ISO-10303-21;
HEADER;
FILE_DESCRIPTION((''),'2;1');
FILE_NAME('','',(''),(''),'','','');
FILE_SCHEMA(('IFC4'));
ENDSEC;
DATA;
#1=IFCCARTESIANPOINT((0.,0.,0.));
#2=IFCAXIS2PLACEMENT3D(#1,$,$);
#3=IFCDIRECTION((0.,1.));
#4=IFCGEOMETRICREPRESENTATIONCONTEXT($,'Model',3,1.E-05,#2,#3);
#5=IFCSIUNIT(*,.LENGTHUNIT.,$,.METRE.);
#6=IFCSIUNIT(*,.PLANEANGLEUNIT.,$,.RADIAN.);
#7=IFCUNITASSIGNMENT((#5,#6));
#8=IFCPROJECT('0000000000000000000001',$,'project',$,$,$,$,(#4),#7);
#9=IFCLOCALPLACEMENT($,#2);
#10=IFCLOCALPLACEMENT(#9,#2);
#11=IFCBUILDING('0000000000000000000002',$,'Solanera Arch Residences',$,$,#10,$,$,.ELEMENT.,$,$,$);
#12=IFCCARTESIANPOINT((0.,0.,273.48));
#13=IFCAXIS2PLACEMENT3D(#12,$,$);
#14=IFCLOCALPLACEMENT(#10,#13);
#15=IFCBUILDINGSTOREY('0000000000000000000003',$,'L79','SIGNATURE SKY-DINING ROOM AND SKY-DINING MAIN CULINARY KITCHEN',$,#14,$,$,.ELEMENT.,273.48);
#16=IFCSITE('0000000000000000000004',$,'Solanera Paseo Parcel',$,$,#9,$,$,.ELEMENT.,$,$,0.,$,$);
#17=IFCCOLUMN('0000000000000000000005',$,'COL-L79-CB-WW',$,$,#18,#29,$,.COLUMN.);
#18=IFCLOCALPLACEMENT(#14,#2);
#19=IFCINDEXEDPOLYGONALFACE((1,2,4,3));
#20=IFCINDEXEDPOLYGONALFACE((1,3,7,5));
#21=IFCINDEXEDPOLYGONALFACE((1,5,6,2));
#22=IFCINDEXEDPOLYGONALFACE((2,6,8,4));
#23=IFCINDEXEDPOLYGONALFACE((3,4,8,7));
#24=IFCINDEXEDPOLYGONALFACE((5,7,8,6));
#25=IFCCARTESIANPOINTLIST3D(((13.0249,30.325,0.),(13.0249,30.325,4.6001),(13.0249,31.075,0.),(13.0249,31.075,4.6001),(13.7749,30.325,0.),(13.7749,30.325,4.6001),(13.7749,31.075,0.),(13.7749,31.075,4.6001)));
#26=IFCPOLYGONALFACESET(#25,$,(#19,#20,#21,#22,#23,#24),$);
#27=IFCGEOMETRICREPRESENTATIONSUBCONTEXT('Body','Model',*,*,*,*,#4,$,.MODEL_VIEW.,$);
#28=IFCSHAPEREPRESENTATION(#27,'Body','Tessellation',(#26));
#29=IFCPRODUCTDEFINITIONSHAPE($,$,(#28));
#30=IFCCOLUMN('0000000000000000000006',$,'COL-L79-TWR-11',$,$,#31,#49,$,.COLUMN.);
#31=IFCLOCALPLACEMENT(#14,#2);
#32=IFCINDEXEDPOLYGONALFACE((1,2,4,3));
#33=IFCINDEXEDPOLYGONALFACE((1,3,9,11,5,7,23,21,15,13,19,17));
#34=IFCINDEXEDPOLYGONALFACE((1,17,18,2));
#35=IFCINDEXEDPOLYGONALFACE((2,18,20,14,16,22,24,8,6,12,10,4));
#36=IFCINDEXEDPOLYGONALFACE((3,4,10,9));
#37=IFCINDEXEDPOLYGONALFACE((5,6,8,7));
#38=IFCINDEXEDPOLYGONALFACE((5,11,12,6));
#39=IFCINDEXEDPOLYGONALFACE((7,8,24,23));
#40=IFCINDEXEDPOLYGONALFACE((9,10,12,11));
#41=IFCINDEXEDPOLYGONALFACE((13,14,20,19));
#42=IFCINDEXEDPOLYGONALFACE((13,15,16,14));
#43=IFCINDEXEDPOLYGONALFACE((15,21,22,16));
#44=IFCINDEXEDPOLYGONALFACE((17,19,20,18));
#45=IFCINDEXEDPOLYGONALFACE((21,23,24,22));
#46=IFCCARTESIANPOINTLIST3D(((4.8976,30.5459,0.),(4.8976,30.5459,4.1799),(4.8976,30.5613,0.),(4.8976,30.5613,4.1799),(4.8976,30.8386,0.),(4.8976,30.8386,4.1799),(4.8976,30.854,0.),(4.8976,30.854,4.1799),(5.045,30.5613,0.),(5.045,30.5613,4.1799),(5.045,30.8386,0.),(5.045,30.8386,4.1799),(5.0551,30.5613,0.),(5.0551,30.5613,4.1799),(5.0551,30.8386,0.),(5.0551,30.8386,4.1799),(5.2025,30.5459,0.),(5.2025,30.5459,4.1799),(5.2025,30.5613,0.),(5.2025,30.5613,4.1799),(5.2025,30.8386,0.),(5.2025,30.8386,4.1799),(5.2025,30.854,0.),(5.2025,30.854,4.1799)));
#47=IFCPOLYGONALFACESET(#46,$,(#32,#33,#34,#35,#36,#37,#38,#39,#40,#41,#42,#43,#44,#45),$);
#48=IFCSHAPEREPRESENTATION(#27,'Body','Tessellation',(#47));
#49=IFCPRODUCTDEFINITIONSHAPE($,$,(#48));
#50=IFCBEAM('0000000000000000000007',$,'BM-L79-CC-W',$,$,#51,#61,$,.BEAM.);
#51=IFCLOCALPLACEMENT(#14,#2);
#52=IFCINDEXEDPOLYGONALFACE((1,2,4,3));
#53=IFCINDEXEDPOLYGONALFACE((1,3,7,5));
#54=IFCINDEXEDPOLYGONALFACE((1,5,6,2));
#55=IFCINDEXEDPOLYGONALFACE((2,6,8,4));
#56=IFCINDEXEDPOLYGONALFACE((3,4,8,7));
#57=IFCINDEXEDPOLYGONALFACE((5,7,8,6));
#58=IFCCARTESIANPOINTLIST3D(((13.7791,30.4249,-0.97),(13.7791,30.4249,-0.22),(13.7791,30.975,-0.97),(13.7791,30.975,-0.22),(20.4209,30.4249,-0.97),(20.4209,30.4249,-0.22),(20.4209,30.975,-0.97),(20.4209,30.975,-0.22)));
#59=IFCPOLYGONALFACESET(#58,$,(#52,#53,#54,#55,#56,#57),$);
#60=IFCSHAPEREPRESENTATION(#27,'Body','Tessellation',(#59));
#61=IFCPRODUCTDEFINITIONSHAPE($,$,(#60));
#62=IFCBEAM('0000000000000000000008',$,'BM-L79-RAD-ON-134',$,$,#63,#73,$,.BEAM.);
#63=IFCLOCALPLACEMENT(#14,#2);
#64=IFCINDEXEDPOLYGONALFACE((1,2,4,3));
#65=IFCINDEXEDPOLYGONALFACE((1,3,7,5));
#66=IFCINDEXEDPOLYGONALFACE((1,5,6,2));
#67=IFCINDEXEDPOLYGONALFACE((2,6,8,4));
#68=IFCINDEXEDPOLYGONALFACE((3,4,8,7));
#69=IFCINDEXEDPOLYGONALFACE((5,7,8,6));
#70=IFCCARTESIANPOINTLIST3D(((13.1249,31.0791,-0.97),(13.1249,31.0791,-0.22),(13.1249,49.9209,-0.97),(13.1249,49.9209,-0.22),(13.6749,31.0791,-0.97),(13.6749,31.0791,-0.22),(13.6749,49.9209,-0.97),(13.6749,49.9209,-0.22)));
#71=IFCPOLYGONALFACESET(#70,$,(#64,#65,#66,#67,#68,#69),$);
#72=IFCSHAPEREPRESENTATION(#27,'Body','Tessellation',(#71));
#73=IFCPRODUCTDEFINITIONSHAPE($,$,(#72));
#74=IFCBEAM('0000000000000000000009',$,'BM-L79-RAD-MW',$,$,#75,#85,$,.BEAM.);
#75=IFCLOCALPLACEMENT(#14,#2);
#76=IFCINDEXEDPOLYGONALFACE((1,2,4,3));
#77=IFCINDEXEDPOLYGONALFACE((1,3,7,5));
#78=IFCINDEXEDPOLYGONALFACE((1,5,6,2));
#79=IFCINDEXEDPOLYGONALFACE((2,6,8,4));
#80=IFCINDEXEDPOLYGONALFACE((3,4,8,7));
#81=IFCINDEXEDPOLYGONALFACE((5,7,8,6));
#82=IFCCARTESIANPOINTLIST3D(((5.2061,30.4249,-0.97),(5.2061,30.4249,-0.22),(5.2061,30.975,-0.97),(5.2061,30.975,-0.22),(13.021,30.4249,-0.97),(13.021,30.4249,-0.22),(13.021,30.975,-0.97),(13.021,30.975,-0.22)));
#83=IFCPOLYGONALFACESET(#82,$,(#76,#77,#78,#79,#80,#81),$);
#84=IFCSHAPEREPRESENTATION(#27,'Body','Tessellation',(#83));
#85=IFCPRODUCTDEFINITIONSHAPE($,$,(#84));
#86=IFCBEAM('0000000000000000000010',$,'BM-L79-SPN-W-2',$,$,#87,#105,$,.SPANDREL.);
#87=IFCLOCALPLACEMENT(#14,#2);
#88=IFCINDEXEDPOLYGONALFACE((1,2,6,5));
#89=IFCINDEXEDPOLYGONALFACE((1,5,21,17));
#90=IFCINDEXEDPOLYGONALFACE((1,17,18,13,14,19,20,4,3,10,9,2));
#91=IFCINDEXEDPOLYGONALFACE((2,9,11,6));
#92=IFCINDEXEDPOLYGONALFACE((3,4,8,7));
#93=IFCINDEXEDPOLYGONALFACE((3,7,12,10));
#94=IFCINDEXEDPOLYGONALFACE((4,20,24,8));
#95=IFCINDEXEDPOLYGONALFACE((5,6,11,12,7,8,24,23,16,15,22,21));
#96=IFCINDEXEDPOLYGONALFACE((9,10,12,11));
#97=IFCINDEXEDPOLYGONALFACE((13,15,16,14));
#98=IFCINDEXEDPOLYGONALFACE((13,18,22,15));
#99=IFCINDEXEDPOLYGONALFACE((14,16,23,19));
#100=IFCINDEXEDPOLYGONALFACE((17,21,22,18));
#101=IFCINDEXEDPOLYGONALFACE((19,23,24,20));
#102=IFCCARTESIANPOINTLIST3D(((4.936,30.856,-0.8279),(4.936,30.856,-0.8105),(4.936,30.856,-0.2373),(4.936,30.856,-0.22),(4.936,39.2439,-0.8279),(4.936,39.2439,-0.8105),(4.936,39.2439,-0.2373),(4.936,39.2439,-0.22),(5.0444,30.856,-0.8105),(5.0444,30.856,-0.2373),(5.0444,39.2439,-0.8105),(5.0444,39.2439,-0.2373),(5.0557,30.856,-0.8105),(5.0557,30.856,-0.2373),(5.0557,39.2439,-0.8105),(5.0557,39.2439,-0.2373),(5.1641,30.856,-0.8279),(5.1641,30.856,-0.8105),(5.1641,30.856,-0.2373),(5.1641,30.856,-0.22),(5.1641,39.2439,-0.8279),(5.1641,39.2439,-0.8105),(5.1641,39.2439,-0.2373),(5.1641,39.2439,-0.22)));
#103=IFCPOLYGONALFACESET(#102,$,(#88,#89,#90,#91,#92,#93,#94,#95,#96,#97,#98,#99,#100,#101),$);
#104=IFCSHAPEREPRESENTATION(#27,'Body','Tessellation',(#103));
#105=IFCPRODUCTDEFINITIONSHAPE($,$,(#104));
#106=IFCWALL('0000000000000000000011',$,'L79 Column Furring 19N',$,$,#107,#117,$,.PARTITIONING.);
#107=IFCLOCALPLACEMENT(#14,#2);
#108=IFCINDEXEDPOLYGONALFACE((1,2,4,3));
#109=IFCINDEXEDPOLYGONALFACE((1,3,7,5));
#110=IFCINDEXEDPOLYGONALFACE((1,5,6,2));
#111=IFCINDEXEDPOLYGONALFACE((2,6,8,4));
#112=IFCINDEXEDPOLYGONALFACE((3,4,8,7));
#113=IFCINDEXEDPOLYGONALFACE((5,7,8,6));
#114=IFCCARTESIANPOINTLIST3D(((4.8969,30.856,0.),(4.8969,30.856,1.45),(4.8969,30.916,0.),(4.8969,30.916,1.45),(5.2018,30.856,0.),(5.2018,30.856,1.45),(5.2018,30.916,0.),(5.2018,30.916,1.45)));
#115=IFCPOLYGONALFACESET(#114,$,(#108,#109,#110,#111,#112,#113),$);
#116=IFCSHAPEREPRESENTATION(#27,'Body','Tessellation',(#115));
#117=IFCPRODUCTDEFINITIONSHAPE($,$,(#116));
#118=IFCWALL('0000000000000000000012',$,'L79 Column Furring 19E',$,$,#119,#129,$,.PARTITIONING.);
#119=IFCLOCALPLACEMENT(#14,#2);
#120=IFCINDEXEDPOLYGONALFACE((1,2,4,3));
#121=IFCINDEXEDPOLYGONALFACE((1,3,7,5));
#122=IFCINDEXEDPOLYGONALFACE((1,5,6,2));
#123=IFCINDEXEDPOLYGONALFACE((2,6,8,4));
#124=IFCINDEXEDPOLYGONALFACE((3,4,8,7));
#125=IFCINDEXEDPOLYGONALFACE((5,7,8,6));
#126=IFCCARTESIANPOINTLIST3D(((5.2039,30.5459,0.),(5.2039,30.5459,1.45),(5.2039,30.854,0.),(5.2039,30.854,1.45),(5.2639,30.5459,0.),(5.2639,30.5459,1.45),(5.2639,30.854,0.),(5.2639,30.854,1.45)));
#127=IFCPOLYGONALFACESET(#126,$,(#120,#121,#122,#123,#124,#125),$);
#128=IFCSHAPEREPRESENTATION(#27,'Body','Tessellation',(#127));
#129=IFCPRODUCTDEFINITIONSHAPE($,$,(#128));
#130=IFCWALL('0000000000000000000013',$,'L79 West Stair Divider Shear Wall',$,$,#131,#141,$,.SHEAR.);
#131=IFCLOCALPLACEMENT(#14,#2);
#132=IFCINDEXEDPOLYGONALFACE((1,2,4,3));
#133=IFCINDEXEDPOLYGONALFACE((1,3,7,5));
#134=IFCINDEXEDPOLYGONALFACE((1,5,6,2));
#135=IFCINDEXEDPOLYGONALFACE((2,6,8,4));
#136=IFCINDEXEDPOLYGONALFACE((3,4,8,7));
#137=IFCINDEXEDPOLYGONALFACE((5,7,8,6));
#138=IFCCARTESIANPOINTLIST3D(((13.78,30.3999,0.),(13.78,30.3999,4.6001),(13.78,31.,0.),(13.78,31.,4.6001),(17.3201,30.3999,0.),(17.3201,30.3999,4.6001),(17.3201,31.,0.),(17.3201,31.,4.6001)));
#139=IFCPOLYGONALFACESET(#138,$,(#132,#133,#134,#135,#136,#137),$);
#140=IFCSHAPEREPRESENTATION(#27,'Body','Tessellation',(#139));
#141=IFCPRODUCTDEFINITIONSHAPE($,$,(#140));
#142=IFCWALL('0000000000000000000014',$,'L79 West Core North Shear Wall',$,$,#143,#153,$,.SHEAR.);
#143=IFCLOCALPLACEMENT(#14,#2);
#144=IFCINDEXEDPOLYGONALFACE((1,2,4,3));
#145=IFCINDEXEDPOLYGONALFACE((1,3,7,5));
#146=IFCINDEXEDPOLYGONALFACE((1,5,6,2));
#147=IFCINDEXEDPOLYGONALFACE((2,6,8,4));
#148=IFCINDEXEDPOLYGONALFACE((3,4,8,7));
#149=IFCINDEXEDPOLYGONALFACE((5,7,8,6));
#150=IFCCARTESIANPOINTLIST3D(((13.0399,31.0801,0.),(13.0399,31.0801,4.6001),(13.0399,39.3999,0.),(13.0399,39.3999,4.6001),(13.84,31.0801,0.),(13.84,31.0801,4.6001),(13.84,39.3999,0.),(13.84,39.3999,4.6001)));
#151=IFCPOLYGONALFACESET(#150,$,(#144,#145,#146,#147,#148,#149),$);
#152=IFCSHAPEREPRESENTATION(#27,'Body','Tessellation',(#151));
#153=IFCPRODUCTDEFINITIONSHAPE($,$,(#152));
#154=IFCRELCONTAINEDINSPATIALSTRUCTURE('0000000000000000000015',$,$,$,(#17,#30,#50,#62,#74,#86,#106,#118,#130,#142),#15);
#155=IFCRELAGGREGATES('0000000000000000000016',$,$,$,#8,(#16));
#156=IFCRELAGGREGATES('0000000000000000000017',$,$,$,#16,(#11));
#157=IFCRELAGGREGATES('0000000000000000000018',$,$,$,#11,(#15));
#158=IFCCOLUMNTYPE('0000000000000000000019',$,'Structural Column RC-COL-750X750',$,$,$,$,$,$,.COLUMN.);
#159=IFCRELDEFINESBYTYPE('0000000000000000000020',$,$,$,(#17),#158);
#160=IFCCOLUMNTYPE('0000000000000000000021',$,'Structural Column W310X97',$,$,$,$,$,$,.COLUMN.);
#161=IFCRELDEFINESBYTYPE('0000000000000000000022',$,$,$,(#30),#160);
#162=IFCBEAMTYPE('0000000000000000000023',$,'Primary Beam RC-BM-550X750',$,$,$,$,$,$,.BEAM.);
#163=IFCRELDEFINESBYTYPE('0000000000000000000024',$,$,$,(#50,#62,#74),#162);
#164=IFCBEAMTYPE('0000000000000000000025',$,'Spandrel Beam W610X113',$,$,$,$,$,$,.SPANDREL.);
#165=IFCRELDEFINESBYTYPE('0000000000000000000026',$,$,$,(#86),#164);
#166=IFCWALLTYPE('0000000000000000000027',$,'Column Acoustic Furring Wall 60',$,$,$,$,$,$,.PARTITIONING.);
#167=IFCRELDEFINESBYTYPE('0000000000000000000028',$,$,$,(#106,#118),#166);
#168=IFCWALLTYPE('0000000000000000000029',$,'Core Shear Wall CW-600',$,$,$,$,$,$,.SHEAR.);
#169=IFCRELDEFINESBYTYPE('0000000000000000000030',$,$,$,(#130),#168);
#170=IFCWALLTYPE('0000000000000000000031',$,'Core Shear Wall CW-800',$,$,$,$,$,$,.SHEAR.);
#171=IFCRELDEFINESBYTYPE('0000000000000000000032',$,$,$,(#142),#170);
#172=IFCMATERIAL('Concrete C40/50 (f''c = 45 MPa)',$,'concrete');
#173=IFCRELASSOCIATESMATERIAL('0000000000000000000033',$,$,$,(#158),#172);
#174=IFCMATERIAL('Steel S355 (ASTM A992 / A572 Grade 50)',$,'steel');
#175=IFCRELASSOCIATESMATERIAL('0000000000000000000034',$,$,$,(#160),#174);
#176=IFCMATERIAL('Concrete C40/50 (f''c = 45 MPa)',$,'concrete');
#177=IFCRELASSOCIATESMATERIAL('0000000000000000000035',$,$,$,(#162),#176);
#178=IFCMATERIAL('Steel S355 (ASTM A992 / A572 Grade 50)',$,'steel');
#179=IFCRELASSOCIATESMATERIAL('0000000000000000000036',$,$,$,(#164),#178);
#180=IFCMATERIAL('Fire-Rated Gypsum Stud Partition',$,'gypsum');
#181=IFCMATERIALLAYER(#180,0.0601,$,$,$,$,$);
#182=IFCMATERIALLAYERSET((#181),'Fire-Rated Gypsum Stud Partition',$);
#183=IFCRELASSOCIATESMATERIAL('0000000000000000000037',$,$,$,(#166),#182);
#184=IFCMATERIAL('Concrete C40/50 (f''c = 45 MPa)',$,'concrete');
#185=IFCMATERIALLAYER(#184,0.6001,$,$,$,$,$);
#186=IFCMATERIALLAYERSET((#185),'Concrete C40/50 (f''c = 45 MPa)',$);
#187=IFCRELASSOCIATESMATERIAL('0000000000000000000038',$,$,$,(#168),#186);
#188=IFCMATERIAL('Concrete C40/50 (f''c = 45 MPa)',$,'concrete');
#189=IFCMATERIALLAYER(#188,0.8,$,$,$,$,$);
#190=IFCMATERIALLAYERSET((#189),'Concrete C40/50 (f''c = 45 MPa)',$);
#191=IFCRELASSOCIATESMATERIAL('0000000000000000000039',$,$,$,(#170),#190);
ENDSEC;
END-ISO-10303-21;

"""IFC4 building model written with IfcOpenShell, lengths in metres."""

from ifc_helpers import new_model, si_unit, direction, frame, frame_2d, origin, origin_2d, place, context, subcontext, project, spatial, rectangle, i_section, extrude, material, layer, layer_set, material_profile, profile_set, type_object, element, save


model = new_model("IFC4")

# Units and contexts
model_context = context("Model", 3, precision=1e-05, world=origin(), true_north=direction((0.0, 1.0)))
body_context = subcontext(model_context, "Body", "Model", "MODEL_VIEW")
ifc_project = project(units=[si_unit("LENGTHUNIT", "METRE"), si_unit("PLANEANGLEUNIT", "RADIAN")], contexts=[model_context])

# Site, building, storey
site_placement = place(None, origin())
site = spatial("IfcSite", under=ifc_project, at=site_placement, Name="Solanera Paseo Parcel", CompositionType="ELEMENT", RefElevation=0.0)
building_placement = place(site_placement, origin())
building = spatial("IfcBuilding", under=site, at=building_placement, Name="Solanera Arch Residences", CompositionType="ELEMENT")
storey_placement = place(building_placement, frame((0.0, 0.0, 273.48)))
storey = spatial("IfcBuildingStorey", under=building, at=storey_placement, Name="L79", Description="SIGNATURE SKY-DINING ROOM AND SKY-DINING MAIN CULINARY KITCHEN", CompositionType="ELEMENT", Elevation=273.48)

# Columns
ifc_material_1 = material(Name="Concrete C40/50 (f'c = 45 MPa)", Category="concrete")
ifc_material_profile_1 = material_profile(ifc_material_1, rectangle(XDim=0.75, YDim=0.75, at=origin_2d()))
ifc_profile_set_1 = profile_set([ifc_material_profile_1], Name="Concrete C40/50 (f'c = 45 MPa)")
column_type_1 = type_object("IfcColumnType", Name="Structural Column RC-COL-750X750", PredefinedType="COLUMN", material=ifc_profile_set_1)
column_1_placement = place(storey_placement, frame((13.3999, 30.7, 0.0), z_axis=(0.0, 0.0, 1.0), x_axis=(1.0, 0.0, 0.0)))
element("IfcColumn", 1, at=column_1_placement, inside=storey, type_object=column_type_1, Name="COL-L79-CB-WW", PredefinedType="COLUMN", context=body_context, shape_type="SweptSolid", body=[
    extrude(rectangle(XDim=0.75, YDim=0.75, at=origin_2d()), origin(), (0.0, 0.0, 1.0), 4.6001),
])
ifc_material_2 = material(Name="Steel S355 (ASTM A992 / A572 Grade 50)", Category="steel")
ifc_material_profile_2 = material_profile(ifc_material_2, i_section(OverallWidth=0.3049, OverallDepth=0.3081, WebThickness=0.01, FlangeThickness=0.0154, at=origin_2d()))
ifc_profile_set_2 = profile_set([ifc_material_profile_2], Name="Steel S355 (ASTM A992 / A572 Grade 50)")
column_type_2 = type_object("IfcColumnType", Name="Structural Column W310X97", PredefinedType="COLUMN", material=ifc_profile_set_2)
column_2_placement = place(storey_placement, frame((5.05, 30.7, 0.0), z_axis=(0.0, 0.0, 1.0), x_axis=(1.0, 0.0, 0.0)))
element("IfcColumn", 2, at=column_2_placement, inside=storey, type_object=column_type_2, Name="COL-L79-TWR-11", PredefinedType="COLUMN", context=body_context, shape_type="SweptSolid", body=[
    extrude(i_section(OverallWidth=0.3049, OverallDepth=0.3081, WebThickness=0.01, FlangeThickness=0.0154, at=origin_2d()), origin(), (0.0, 0.0, 1.0), 4.1799),
])

# Beams
ifc_material_3 = material(Name="Concrete C40/50 (f'c = 45 MPa)", Category="concrete")
ifc_material_profile_3 = material_profile(ifc_material_3, rectangle(XDim=0.55, YDim=0.75, at=origin_2d()))
ifc_profile_set_3 = profile_set([ifc_material_profile_3], Name="Concrete C40/50 (f'c = 45 MPa)")
beam_type_1 = type_object("IfcBeamType", Name="Primary Beam RC-BM-550X750", PredefinedType="BEAM", material=ifc_profile_set_3)
beam_1_placement = place(storey_placement, frame((13.7791, 30.7, -0.595), z_axis=(1.0, 0.0, 0.0), x_axis=(0.0, 1.0, 0.0)))
element("IfcBeam", 3, at=beam_1_placement, inside=storey, type_object=beam_type_1, Name="BM-L79-CC-W", PredefinedType="BEAM", context=body_context, shape_type="SweptSolid", body=[
    extrude(rectangle(XDim=0.55, YDim=0.75, at=origin_2d()), origin(), (0.0, 0.0, 1.0), 6.6418),
])
beam_2_placement = place(storey_placement, frame((13.3999, 31.0791, -0.595), z_axis=(0.0, 1.0, 0.0), x_axis=(-1.0, 0.0, 0.0)))
element("IfcBeam", 4, at=beam_2_placement, inside=storey, type_object=beam_type_1, Name="BM-L79-RAD-ON-134", PredefinedType="BEAM", context=body_context, shape_type="SweptSolid", body=[
    extrude(rectangle(XDim=0.55, YDim=0.75, at=origin_2d()), origin(), (0.0, 0.0, 1.0), 18.8418),
])
beam_3_placement = place(storey_placement, frame((5.2061, 30.7, -0.595), z_axis=(1.0, 0.0, 0.0), x_axis=(0.0, 1.0, 0.0)))
element("IfcBeam", 5, at=beam_3_placement, inside=storey, type_object=beam_type_1, Name="BM-L79-RAD-MW", PredefinedType="BEAM", context=body_context, shape_type="SweptSolid", body=[
    extrude(rectangle(XDim=0.55, YDim=0.75, at=origin_2d()), origin(), (0.0, 0.0, 1.0), 7.8149),
])
ifc_material_4 = material(Name="Steel S355 (ASTM A992 / A572 Grade 50)", Category="steel")
ifc_material_profile_4 = material_profile(ifc_material_4, i_section(OverallWidth=0.228, OverallDepth=0.6079, WebThickness=0.0112, FlangeThickness=0.0173, at=origin_2d()))
ifc_profile_set_4 = profile_set([ifc_material_profile_4], Name="Steel S355 (ASTM A992 / A572 Grade 50)")
beam_type_2 = type_object("IfcBeamType", Name="Spandrel Beam W610X113", PredefinedType="SPANDREL", material=ifc_profile_set_4)
beam_4_placement = place(storey_placement, frame((5.05, 30.856, -0.5239), z_axis=(0.0, 1.0, 0.0), x_axis=(-1.0, 0.0, 0.0)))
element("IfcBeam", 6, at=beam_4_placement, inside=storey, type_object=beam_type_2, Name="BM-L79-SPN-W-2", PredefinedType="SPANDREL", context=body_context, shape_type="SweptSolid", body=[
    extrude(i_section(OverallWidth=0.228, OverallDepth=0.6079, WebThickness=0.0112, FlangeThickness=0.0173, at=origin_2d()), origin(), (0.0, 0.0, 1.0), 8.3879),
])

# Walls
ifc_material_5 = material(Name="Fire-Rated Gypsum Stud Partition", Category="gypsum")
ifc_layer_1 = layer(ifc_material_5, 0.0601)
ifc_layer_set_1 = layer_set([ifc_layer_1], Name="Fire-Rated Gypsum Stud Partition")
wall_type_1 = type_object("IfcWallType", Name="Column Acoustic Furring Wall 60", PredefinedType="PARTITIONING", material=ifc_layer_set_1)
wall_1_placement = place(storey_placement, frame((4.897, 30.886, 0.0), z_axis=(0.0, 0.0, 1.0), x_axis=(1.0, 0.0, 0.0)))
element("IfcWall", 7, at=wall_1_placement, inside=storey, type_object=wall_type_1, Name="L79 Column Furring 19N", PredefinedType="PARTITIONING", context=body_context, shape_type="SweptSolid", body=[
    extrude(rectangle(XDim=0.3049, YDim=0.0601, at=frame_2d((0.1523, 0.0))), origin(), (0.0, 0.0, 1.0), 1.45),
])
wall_2_placement = place(storey_placement, frame((5.2339, 30.5459, 0.0), z_axis=(0.0, 0.0, 1.0), x_axis=(0.0, 1.0, 0.0)))
element("IfcWall", 8, at=wall_2_placement, inside=storey, type_object=wall_type_1, Name="L79 Column Furring 19E", PredefinedType="PARTITIONING", context=body_context, shape_type="SweptSolid", body=[
    extrude(rectangle(XDim=0.3081, YDim=0.0601, at=frame_2d((0.1541, 0.0))), origin(), (0.0, 0.0, 1.0), 1.45),
])
ifc_material_6 = material(Name="Concrete C40/50 (f'c = 45 MPa)", Category="concrete")
ifc_layer_2 = layer(ifc_material_6, 0.6001)
ifc_layer_set_2 = layer_set([ifc_layer_2], Name="Concrete C40/50 (f'c = 45 MPa)")
wall_type_2 = type_object("IfcWallType", Name="Core Shear Wall CW-600", PredefinedType="SHEAR", material=ifc_layer_set_2)
wall_3_placement = place(storey_placement, frame((13.78, 30.7, 0.0), z_axis=(0.0, 0.0, 1.0), x_axis=(1.0, 0.0, 0.0)))
element("IfcWall", 9, at=wall_3_placement, inside=storey, type_object=wall_type_2, Name="L79 West Stair Divider Shear Wall", PredefinedType="SHEAR", context=body_context, shape_type="SweptSolid", body=[
    extrude(rectangle(XDim=3.54, YDim=0.6001, at=frame_2d((1.77, 0.0))), origin(), (0.0, 0.0, 1.0), 4.6001),
])
ifc_material_7 = material(Name="Concrete C40/50 (f'c = 45 MPa)", Category="concrete")
ifc_layer_3 = layer(ifc_material_7, 0.8)
ifc_layer_set_3 = layer_set([ifc_layer_3], Name="Concrete C40/50 (f'c = 45 MPa)")
wall_type_3 = type_object("IfcWallType", Name="Core Shear Wall CW-800", PredefinedType="SHEAR", material=ifc_layer_set_3)
wall_4_placement = place(storey_placement, frame((13.4399, 31.0801, 0.0), z_axis=(0.0, 0.0, 1.0), x_axis=(0.0, 1.0, 0.0)))
element("IfcWall", 10, at=wall_4_placement, inside=storey, type_object=wall_type_3, Name="L79 West Core North Shear Wall", PredefinedType="SHEAR", context=body_context, shape_type="SweptSolid", body=[
    extrude(rectangle(XDim=8.3198, YDim=0.8, at=frame_2d((4.1599, 0.0))), origin(), (0.0, 0.0, 1.0), 4.6001),
])

save(model, "model.ifc")
